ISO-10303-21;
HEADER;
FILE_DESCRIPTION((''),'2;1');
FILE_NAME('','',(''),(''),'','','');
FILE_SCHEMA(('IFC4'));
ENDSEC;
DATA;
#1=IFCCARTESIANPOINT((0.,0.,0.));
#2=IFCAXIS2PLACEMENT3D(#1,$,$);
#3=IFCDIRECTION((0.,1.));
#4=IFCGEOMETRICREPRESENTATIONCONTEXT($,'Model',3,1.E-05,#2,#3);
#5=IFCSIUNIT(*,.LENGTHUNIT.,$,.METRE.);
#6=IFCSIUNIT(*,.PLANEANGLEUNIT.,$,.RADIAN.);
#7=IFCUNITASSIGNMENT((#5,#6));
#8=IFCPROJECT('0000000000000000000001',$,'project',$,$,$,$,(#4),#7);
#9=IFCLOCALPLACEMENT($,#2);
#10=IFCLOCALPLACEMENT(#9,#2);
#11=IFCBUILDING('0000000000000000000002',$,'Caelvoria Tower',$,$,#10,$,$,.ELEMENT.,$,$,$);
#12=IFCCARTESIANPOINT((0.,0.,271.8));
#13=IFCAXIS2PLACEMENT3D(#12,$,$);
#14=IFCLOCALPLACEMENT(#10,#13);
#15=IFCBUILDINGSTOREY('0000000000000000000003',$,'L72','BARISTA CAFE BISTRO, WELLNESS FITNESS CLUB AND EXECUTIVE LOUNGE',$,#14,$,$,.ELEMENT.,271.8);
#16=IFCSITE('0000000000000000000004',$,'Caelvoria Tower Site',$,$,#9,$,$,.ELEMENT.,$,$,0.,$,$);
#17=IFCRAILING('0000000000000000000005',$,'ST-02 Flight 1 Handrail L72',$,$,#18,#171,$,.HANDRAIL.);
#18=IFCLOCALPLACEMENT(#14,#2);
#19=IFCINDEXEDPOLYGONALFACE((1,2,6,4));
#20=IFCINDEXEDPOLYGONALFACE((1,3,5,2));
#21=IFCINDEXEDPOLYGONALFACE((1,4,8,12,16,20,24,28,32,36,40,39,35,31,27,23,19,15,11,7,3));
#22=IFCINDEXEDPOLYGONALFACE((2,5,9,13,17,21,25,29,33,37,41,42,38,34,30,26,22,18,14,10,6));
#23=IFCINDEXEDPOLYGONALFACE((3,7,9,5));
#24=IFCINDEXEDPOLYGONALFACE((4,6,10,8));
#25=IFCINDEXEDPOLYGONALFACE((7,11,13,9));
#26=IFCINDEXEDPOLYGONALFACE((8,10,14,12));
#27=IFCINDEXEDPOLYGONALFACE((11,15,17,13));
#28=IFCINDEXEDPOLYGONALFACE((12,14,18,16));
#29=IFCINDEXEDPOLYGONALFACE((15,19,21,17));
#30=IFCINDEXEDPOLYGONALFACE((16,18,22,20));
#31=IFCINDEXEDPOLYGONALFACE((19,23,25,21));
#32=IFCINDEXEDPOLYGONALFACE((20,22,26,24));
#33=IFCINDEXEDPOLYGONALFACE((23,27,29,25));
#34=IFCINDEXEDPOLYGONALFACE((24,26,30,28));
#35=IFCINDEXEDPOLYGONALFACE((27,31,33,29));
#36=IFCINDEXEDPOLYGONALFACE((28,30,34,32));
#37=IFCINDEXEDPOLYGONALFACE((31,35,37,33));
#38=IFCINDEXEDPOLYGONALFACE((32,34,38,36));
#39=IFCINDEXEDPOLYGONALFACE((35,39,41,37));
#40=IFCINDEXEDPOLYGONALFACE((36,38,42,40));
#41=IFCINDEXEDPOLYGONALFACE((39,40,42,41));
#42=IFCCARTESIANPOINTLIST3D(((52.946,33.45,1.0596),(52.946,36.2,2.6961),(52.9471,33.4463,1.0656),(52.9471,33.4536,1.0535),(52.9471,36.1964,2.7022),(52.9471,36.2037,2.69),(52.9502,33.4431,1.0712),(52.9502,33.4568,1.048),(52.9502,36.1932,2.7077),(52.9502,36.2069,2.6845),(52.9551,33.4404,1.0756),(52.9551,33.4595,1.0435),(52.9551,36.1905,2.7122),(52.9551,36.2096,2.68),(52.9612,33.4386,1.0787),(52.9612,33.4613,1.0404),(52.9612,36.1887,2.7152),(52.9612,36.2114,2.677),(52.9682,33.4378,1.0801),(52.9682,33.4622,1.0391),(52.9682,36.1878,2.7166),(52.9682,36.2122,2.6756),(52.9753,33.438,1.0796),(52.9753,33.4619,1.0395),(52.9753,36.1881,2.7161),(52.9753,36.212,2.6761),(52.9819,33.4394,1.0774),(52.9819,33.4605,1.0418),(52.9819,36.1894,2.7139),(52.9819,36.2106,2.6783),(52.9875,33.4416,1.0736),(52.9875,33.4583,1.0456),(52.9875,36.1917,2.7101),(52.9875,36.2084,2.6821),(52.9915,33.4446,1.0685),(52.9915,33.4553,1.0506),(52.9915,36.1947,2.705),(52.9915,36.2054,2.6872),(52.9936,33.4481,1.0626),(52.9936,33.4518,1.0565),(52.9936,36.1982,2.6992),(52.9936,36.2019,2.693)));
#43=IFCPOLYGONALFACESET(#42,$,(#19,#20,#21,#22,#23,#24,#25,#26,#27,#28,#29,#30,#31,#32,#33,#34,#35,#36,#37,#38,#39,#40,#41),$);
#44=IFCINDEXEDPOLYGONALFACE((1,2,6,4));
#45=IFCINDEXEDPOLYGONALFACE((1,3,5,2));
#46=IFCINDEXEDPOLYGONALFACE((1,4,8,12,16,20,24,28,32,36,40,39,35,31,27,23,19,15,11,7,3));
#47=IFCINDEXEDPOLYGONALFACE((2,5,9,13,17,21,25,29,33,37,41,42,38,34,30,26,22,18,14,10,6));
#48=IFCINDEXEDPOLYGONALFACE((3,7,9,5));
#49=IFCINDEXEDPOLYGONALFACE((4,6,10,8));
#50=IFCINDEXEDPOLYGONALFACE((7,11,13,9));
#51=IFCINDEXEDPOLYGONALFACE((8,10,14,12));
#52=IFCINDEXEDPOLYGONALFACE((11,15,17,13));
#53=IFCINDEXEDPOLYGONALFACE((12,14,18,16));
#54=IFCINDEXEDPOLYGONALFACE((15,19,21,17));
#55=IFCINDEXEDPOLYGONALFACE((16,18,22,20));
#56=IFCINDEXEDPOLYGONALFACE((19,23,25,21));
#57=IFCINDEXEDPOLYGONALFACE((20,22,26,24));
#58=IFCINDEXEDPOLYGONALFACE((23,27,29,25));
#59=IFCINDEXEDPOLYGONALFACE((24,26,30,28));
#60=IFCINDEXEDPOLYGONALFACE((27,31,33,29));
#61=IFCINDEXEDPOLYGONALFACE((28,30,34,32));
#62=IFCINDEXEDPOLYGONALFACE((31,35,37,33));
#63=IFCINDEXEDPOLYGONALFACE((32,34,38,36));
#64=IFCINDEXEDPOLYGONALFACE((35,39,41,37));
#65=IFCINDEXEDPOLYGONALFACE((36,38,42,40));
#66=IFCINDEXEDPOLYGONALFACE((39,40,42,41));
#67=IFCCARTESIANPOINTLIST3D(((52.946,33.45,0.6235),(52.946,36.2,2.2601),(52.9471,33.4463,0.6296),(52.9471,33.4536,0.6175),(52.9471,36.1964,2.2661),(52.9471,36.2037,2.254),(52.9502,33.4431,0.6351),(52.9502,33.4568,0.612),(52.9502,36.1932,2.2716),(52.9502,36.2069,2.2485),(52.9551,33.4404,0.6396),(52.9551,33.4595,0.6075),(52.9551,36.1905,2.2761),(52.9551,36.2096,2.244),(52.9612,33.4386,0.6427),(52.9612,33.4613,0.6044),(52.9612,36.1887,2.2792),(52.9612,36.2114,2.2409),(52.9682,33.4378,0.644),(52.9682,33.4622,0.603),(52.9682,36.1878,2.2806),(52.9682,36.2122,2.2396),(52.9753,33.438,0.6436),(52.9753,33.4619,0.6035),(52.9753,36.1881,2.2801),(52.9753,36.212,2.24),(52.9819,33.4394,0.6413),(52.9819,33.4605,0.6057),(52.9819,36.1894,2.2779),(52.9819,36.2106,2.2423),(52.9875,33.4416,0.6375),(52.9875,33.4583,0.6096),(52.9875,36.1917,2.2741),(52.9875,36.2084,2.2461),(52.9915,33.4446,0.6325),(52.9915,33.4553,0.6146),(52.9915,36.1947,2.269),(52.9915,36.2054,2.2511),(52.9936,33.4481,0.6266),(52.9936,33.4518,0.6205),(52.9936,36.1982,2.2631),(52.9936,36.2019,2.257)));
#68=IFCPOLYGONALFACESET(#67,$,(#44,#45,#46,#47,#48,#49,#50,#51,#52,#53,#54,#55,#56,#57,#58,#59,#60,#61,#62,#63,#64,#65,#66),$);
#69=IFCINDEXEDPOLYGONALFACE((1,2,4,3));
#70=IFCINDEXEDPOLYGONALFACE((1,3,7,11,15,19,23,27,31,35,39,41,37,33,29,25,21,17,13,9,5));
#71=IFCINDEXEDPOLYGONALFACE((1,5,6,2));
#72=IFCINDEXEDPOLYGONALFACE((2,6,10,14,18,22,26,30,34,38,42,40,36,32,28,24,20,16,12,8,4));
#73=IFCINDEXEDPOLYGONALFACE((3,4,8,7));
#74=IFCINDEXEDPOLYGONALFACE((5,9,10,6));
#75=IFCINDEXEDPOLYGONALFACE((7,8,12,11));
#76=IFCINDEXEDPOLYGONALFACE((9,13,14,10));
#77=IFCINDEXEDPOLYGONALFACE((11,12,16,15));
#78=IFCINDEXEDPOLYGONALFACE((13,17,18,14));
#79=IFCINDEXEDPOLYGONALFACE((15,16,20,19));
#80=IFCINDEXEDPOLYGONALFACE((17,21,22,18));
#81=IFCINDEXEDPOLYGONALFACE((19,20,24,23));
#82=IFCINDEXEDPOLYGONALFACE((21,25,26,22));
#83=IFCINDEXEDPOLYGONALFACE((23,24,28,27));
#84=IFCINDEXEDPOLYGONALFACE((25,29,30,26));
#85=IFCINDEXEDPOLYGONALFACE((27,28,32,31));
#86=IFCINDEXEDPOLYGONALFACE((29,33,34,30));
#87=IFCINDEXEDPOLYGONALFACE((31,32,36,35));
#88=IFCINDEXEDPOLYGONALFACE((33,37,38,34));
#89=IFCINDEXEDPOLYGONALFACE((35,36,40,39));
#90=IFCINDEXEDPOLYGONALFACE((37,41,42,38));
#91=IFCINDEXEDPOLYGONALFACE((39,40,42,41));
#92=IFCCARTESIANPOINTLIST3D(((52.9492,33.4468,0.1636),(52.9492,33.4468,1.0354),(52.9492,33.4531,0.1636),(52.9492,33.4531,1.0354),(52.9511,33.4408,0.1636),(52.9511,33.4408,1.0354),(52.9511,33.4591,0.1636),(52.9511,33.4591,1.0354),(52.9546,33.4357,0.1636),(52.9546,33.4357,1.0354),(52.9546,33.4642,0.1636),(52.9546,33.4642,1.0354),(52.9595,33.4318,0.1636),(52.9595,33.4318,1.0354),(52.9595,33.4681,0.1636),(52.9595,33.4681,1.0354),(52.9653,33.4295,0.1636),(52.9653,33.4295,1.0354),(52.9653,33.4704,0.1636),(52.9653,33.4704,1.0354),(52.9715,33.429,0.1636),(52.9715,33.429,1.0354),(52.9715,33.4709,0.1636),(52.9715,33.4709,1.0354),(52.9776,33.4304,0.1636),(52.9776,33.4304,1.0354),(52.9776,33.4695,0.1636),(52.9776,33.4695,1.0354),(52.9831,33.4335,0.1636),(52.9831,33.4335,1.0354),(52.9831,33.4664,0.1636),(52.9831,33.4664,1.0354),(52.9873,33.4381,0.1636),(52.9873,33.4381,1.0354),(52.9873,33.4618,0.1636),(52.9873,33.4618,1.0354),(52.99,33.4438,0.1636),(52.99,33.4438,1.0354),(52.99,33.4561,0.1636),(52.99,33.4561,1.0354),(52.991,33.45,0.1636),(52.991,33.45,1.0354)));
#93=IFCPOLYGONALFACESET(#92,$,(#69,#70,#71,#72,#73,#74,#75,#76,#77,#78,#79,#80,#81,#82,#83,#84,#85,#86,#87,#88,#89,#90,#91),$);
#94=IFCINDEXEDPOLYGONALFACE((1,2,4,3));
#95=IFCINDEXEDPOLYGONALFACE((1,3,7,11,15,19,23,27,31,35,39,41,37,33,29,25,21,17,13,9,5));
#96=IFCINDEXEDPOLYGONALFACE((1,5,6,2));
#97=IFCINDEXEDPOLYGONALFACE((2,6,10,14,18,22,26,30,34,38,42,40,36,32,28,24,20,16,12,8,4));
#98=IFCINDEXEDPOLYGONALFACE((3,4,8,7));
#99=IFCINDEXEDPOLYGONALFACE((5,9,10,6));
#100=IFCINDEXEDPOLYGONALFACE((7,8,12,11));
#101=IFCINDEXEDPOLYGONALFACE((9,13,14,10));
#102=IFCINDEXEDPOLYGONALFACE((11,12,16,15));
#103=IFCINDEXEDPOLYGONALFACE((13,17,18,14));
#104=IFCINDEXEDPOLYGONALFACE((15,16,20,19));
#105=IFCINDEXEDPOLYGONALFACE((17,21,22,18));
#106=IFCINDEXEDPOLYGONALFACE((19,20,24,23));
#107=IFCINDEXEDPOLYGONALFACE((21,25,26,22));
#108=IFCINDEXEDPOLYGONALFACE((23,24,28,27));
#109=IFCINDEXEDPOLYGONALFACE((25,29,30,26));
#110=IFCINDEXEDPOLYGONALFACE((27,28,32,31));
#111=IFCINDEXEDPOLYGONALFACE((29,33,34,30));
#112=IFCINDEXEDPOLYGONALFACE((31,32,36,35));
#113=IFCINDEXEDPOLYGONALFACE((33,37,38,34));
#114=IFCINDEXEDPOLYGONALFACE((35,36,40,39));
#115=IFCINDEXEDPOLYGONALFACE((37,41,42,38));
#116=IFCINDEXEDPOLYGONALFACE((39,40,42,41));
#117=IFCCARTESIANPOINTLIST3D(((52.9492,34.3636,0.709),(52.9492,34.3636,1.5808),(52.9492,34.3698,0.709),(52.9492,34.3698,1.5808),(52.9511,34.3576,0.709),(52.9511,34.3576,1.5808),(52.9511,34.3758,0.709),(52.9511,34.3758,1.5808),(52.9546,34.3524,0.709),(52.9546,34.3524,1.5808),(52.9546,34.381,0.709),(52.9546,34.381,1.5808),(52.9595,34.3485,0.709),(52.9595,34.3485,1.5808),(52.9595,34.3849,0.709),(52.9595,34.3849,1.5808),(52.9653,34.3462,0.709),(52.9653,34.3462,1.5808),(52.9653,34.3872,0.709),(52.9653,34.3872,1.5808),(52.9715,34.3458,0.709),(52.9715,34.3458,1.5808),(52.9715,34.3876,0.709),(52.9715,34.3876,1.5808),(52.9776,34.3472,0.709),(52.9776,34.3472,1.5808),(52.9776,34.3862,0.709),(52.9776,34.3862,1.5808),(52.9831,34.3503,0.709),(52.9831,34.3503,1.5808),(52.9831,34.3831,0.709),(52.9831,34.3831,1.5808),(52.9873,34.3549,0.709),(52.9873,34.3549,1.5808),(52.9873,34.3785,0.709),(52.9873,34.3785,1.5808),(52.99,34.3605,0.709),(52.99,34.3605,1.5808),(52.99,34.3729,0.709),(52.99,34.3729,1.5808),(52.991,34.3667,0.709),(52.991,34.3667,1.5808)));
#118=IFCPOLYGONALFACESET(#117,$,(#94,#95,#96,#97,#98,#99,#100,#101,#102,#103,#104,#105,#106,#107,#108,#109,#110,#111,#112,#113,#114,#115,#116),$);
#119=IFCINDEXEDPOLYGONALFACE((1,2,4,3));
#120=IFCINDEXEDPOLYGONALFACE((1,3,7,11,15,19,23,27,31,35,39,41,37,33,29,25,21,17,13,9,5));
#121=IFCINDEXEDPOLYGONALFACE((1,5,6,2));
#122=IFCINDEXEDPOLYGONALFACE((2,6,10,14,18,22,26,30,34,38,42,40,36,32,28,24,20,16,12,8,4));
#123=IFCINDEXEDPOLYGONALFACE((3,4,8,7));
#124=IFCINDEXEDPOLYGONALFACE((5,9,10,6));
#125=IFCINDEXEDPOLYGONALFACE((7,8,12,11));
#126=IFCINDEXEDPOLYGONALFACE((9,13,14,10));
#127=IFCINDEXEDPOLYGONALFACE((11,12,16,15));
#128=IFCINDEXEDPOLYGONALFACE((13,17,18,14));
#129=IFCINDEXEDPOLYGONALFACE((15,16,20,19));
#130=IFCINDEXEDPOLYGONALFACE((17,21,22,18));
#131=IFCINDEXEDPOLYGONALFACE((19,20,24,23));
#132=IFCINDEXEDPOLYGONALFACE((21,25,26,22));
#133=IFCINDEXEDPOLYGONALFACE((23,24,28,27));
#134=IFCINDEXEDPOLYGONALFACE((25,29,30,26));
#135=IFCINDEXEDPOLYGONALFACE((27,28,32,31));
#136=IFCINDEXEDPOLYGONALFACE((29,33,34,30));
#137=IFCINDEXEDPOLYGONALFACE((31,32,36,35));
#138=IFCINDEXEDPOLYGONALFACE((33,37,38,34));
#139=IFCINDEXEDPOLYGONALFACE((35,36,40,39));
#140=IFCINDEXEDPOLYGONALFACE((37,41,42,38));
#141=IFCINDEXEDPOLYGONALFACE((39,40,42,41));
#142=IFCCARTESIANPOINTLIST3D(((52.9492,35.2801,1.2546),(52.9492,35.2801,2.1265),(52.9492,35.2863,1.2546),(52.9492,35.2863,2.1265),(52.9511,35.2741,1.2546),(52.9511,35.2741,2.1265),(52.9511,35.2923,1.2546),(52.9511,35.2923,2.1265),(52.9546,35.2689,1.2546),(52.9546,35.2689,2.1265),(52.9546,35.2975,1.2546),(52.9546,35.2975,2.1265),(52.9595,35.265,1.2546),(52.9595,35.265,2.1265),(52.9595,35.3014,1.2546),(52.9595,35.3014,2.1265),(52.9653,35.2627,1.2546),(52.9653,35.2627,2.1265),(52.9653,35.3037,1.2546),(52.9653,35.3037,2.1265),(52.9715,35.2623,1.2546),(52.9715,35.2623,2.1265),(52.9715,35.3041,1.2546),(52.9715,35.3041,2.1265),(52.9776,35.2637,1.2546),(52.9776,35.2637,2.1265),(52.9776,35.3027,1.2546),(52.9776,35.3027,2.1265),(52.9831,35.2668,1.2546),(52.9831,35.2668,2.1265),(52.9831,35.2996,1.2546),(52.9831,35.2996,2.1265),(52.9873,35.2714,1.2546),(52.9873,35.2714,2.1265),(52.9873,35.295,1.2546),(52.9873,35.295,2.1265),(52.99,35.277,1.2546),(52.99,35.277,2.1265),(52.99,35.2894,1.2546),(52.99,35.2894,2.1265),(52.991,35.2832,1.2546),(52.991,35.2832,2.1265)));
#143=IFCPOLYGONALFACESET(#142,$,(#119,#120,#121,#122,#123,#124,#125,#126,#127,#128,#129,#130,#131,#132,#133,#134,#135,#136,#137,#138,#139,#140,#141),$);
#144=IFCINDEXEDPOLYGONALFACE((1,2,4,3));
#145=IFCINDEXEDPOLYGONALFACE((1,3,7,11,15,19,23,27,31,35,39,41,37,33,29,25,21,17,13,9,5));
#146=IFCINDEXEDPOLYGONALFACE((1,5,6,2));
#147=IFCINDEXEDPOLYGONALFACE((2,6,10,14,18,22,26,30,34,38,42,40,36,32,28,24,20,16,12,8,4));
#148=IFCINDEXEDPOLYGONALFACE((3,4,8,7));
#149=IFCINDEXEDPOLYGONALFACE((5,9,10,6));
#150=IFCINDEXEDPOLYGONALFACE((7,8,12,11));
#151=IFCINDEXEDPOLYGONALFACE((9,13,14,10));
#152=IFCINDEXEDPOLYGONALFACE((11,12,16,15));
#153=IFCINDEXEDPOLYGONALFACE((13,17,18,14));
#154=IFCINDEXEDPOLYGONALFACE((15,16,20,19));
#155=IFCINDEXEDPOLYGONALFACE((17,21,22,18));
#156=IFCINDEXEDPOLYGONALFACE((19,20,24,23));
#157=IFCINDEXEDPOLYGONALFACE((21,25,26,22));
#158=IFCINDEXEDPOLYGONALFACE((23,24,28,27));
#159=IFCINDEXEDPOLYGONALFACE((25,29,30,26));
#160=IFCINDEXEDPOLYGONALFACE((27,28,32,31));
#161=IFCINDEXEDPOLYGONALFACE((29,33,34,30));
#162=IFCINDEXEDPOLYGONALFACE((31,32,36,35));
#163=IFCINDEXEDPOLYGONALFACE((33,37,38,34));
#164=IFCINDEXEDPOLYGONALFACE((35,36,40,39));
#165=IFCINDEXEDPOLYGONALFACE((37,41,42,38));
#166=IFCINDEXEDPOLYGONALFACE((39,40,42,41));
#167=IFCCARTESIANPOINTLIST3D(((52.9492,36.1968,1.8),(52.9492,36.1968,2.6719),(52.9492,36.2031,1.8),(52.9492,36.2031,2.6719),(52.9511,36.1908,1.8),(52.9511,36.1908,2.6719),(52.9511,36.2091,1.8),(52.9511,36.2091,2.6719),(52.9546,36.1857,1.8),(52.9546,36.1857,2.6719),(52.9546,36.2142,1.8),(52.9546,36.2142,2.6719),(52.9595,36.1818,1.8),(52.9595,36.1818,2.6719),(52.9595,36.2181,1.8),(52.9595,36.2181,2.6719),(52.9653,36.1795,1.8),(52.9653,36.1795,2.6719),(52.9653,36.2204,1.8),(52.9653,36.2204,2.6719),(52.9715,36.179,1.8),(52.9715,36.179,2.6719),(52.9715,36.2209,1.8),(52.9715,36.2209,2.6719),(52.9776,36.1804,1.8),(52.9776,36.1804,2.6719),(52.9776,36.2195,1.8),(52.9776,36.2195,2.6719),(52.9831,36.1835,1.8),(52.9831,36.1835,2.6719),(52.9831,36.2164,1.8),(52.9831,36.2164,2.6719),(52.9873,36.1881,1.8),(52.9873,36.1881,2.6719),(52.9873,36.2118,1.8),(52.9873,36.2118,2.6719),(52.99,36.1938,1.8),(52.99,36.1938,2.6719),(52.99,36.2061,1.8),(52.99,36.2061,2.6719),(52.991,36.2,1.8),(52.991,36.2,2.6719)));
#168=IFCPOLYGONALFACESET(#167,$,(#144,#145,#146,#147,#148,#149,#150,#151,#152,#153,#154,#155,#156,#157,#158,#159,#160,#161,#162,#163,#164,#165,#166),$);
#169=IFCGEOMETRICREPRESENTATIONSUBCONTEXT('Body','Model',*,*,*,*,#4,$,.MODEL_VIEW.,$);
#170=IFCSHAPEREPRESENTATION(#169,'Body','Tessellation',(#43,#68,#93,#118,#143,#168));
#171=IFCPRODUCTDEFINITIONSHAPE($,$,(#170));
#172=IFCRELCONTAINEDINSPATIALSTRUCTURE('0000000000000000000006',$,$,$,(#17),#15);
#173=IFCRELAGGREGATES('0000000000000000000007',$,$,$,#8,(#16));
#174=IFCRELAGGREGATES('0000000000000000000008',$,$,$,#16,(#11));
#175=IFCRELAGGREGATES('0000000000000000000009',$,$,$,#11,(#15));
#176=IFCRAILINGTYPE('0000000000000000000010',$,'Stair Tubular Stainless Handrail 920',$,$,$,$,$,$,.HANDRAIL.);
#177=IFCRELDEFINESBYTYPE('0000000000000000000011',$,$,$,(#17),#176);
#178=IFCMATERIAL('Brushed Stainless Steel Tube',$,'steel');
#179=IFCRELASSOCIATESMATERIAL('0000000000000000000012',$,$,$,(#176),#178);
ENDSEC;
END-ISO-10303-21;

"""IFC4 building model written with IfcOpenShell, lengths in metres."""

from ifc_helpers import new_model, si_unit, direction, frame, origin, origin_2d, place, context, subcontext, project, spatial, circle, extrude, material, type_object, element, save


model = new_model("IFC4")

# Units and contexts
model_context = context("Model", 3, precision=1e-05, world=origin(), true_north=direction((0.0, 1.0)))
body_context = subcontext(model_context, "Body", "Model", "MODEL_VIEW")
ifc_project = project(units=[si_unit("LENGTHUNIT", "METRE"), si_unit("PLANEANGLEUNIT", "RADIAN")], contexts=[model_context])

# Site, building, storey
site_placement = place(None, origin())
site = spatial("IfcSite", under=ifc_project, at=site_placement, Name="Caelvoria Tower Site", CompositionType="ELEMENT", RefElevation=0.0)
building_placement = place(site_placement, origin())
building = spatial("IfcBuilding", under=site, at=building_placement, Name="Caelvoria Tower", CompositionType="ELEMENT")
storey_placement = place(building_placement, frame((0.0, 0.0, 271.8)))
storey = spatial("IfcBuildingStorey", under=building, at=storey_placement, Name="L72", Description="BARISTA CAFE BISTRO, WELLNESS FITNESS CLUB AND EXECUTIVE LOUNGE", CompositionType="ELEMENT", Elevation=271.8)

# Railing
ifc_material_1 = material(Name="Brushed Stainless Steel Tube", Category="steel")
railing_type_1 = type_object("IfcRailingType", Name="Stair Tubular Stainless Handrail 920", PredefinedType="HANDRAIL", material=ifc_material_1)
railing_1_placement = place(storey_placement, frame((52.97, 33.45, 0.1636)))
element("IfcRailing", 1, at=railing_1_placement, inside=storey, type_object=railing_type_1, Name="ST-02 Flight 1 Handrail L72", PredefinedType="HANDRAIL", context=body_context, shape_type="SweptSolid", body=[
    extrude(circle(Radius=0.0239, at=origin_2d()), frame((0.0, 0.0, 0.896), z_axis=(0.0, 0.859352, 0.511385), x_axis=(-1.0, 0.0, 0.0)), (0.0, 0.0, 1.0), 3.2002),
    extrude(circle(Radius=0.0239, at=origin_2d()), frame((0.0, 0.0, 0.46), z_axis=(0.0, 0.859352, 0.511385), x_axis=(-1.0, 0.0, 0.0)), (0.0, 0.0, 1.0), 3.2002),
    extrude(circle(Radius=0.021, at=origin_2d()), origin(), (0.0, 0.0, 1.0), 0.8718),
    extrude(circle(Radius=0.021, at=origin_2d()), frame((0.0, 0.9167, 0.5454)), (0.0, 0.0, 1.0), 0.8718),
    extrude(circle(Radius=0.021, at=origin_2d()), frame((0.0, 1.8333, 1.0911)), (0.0, 0.0, 1.0), 0.8718),
    extrude(circle(Radius=0.021, at=origin_2d()), frame((0.0, 2.75, 1.6365)), (0.0, 0.0, 1.0), 0.8718),
])

save(model, "model.ifc")
